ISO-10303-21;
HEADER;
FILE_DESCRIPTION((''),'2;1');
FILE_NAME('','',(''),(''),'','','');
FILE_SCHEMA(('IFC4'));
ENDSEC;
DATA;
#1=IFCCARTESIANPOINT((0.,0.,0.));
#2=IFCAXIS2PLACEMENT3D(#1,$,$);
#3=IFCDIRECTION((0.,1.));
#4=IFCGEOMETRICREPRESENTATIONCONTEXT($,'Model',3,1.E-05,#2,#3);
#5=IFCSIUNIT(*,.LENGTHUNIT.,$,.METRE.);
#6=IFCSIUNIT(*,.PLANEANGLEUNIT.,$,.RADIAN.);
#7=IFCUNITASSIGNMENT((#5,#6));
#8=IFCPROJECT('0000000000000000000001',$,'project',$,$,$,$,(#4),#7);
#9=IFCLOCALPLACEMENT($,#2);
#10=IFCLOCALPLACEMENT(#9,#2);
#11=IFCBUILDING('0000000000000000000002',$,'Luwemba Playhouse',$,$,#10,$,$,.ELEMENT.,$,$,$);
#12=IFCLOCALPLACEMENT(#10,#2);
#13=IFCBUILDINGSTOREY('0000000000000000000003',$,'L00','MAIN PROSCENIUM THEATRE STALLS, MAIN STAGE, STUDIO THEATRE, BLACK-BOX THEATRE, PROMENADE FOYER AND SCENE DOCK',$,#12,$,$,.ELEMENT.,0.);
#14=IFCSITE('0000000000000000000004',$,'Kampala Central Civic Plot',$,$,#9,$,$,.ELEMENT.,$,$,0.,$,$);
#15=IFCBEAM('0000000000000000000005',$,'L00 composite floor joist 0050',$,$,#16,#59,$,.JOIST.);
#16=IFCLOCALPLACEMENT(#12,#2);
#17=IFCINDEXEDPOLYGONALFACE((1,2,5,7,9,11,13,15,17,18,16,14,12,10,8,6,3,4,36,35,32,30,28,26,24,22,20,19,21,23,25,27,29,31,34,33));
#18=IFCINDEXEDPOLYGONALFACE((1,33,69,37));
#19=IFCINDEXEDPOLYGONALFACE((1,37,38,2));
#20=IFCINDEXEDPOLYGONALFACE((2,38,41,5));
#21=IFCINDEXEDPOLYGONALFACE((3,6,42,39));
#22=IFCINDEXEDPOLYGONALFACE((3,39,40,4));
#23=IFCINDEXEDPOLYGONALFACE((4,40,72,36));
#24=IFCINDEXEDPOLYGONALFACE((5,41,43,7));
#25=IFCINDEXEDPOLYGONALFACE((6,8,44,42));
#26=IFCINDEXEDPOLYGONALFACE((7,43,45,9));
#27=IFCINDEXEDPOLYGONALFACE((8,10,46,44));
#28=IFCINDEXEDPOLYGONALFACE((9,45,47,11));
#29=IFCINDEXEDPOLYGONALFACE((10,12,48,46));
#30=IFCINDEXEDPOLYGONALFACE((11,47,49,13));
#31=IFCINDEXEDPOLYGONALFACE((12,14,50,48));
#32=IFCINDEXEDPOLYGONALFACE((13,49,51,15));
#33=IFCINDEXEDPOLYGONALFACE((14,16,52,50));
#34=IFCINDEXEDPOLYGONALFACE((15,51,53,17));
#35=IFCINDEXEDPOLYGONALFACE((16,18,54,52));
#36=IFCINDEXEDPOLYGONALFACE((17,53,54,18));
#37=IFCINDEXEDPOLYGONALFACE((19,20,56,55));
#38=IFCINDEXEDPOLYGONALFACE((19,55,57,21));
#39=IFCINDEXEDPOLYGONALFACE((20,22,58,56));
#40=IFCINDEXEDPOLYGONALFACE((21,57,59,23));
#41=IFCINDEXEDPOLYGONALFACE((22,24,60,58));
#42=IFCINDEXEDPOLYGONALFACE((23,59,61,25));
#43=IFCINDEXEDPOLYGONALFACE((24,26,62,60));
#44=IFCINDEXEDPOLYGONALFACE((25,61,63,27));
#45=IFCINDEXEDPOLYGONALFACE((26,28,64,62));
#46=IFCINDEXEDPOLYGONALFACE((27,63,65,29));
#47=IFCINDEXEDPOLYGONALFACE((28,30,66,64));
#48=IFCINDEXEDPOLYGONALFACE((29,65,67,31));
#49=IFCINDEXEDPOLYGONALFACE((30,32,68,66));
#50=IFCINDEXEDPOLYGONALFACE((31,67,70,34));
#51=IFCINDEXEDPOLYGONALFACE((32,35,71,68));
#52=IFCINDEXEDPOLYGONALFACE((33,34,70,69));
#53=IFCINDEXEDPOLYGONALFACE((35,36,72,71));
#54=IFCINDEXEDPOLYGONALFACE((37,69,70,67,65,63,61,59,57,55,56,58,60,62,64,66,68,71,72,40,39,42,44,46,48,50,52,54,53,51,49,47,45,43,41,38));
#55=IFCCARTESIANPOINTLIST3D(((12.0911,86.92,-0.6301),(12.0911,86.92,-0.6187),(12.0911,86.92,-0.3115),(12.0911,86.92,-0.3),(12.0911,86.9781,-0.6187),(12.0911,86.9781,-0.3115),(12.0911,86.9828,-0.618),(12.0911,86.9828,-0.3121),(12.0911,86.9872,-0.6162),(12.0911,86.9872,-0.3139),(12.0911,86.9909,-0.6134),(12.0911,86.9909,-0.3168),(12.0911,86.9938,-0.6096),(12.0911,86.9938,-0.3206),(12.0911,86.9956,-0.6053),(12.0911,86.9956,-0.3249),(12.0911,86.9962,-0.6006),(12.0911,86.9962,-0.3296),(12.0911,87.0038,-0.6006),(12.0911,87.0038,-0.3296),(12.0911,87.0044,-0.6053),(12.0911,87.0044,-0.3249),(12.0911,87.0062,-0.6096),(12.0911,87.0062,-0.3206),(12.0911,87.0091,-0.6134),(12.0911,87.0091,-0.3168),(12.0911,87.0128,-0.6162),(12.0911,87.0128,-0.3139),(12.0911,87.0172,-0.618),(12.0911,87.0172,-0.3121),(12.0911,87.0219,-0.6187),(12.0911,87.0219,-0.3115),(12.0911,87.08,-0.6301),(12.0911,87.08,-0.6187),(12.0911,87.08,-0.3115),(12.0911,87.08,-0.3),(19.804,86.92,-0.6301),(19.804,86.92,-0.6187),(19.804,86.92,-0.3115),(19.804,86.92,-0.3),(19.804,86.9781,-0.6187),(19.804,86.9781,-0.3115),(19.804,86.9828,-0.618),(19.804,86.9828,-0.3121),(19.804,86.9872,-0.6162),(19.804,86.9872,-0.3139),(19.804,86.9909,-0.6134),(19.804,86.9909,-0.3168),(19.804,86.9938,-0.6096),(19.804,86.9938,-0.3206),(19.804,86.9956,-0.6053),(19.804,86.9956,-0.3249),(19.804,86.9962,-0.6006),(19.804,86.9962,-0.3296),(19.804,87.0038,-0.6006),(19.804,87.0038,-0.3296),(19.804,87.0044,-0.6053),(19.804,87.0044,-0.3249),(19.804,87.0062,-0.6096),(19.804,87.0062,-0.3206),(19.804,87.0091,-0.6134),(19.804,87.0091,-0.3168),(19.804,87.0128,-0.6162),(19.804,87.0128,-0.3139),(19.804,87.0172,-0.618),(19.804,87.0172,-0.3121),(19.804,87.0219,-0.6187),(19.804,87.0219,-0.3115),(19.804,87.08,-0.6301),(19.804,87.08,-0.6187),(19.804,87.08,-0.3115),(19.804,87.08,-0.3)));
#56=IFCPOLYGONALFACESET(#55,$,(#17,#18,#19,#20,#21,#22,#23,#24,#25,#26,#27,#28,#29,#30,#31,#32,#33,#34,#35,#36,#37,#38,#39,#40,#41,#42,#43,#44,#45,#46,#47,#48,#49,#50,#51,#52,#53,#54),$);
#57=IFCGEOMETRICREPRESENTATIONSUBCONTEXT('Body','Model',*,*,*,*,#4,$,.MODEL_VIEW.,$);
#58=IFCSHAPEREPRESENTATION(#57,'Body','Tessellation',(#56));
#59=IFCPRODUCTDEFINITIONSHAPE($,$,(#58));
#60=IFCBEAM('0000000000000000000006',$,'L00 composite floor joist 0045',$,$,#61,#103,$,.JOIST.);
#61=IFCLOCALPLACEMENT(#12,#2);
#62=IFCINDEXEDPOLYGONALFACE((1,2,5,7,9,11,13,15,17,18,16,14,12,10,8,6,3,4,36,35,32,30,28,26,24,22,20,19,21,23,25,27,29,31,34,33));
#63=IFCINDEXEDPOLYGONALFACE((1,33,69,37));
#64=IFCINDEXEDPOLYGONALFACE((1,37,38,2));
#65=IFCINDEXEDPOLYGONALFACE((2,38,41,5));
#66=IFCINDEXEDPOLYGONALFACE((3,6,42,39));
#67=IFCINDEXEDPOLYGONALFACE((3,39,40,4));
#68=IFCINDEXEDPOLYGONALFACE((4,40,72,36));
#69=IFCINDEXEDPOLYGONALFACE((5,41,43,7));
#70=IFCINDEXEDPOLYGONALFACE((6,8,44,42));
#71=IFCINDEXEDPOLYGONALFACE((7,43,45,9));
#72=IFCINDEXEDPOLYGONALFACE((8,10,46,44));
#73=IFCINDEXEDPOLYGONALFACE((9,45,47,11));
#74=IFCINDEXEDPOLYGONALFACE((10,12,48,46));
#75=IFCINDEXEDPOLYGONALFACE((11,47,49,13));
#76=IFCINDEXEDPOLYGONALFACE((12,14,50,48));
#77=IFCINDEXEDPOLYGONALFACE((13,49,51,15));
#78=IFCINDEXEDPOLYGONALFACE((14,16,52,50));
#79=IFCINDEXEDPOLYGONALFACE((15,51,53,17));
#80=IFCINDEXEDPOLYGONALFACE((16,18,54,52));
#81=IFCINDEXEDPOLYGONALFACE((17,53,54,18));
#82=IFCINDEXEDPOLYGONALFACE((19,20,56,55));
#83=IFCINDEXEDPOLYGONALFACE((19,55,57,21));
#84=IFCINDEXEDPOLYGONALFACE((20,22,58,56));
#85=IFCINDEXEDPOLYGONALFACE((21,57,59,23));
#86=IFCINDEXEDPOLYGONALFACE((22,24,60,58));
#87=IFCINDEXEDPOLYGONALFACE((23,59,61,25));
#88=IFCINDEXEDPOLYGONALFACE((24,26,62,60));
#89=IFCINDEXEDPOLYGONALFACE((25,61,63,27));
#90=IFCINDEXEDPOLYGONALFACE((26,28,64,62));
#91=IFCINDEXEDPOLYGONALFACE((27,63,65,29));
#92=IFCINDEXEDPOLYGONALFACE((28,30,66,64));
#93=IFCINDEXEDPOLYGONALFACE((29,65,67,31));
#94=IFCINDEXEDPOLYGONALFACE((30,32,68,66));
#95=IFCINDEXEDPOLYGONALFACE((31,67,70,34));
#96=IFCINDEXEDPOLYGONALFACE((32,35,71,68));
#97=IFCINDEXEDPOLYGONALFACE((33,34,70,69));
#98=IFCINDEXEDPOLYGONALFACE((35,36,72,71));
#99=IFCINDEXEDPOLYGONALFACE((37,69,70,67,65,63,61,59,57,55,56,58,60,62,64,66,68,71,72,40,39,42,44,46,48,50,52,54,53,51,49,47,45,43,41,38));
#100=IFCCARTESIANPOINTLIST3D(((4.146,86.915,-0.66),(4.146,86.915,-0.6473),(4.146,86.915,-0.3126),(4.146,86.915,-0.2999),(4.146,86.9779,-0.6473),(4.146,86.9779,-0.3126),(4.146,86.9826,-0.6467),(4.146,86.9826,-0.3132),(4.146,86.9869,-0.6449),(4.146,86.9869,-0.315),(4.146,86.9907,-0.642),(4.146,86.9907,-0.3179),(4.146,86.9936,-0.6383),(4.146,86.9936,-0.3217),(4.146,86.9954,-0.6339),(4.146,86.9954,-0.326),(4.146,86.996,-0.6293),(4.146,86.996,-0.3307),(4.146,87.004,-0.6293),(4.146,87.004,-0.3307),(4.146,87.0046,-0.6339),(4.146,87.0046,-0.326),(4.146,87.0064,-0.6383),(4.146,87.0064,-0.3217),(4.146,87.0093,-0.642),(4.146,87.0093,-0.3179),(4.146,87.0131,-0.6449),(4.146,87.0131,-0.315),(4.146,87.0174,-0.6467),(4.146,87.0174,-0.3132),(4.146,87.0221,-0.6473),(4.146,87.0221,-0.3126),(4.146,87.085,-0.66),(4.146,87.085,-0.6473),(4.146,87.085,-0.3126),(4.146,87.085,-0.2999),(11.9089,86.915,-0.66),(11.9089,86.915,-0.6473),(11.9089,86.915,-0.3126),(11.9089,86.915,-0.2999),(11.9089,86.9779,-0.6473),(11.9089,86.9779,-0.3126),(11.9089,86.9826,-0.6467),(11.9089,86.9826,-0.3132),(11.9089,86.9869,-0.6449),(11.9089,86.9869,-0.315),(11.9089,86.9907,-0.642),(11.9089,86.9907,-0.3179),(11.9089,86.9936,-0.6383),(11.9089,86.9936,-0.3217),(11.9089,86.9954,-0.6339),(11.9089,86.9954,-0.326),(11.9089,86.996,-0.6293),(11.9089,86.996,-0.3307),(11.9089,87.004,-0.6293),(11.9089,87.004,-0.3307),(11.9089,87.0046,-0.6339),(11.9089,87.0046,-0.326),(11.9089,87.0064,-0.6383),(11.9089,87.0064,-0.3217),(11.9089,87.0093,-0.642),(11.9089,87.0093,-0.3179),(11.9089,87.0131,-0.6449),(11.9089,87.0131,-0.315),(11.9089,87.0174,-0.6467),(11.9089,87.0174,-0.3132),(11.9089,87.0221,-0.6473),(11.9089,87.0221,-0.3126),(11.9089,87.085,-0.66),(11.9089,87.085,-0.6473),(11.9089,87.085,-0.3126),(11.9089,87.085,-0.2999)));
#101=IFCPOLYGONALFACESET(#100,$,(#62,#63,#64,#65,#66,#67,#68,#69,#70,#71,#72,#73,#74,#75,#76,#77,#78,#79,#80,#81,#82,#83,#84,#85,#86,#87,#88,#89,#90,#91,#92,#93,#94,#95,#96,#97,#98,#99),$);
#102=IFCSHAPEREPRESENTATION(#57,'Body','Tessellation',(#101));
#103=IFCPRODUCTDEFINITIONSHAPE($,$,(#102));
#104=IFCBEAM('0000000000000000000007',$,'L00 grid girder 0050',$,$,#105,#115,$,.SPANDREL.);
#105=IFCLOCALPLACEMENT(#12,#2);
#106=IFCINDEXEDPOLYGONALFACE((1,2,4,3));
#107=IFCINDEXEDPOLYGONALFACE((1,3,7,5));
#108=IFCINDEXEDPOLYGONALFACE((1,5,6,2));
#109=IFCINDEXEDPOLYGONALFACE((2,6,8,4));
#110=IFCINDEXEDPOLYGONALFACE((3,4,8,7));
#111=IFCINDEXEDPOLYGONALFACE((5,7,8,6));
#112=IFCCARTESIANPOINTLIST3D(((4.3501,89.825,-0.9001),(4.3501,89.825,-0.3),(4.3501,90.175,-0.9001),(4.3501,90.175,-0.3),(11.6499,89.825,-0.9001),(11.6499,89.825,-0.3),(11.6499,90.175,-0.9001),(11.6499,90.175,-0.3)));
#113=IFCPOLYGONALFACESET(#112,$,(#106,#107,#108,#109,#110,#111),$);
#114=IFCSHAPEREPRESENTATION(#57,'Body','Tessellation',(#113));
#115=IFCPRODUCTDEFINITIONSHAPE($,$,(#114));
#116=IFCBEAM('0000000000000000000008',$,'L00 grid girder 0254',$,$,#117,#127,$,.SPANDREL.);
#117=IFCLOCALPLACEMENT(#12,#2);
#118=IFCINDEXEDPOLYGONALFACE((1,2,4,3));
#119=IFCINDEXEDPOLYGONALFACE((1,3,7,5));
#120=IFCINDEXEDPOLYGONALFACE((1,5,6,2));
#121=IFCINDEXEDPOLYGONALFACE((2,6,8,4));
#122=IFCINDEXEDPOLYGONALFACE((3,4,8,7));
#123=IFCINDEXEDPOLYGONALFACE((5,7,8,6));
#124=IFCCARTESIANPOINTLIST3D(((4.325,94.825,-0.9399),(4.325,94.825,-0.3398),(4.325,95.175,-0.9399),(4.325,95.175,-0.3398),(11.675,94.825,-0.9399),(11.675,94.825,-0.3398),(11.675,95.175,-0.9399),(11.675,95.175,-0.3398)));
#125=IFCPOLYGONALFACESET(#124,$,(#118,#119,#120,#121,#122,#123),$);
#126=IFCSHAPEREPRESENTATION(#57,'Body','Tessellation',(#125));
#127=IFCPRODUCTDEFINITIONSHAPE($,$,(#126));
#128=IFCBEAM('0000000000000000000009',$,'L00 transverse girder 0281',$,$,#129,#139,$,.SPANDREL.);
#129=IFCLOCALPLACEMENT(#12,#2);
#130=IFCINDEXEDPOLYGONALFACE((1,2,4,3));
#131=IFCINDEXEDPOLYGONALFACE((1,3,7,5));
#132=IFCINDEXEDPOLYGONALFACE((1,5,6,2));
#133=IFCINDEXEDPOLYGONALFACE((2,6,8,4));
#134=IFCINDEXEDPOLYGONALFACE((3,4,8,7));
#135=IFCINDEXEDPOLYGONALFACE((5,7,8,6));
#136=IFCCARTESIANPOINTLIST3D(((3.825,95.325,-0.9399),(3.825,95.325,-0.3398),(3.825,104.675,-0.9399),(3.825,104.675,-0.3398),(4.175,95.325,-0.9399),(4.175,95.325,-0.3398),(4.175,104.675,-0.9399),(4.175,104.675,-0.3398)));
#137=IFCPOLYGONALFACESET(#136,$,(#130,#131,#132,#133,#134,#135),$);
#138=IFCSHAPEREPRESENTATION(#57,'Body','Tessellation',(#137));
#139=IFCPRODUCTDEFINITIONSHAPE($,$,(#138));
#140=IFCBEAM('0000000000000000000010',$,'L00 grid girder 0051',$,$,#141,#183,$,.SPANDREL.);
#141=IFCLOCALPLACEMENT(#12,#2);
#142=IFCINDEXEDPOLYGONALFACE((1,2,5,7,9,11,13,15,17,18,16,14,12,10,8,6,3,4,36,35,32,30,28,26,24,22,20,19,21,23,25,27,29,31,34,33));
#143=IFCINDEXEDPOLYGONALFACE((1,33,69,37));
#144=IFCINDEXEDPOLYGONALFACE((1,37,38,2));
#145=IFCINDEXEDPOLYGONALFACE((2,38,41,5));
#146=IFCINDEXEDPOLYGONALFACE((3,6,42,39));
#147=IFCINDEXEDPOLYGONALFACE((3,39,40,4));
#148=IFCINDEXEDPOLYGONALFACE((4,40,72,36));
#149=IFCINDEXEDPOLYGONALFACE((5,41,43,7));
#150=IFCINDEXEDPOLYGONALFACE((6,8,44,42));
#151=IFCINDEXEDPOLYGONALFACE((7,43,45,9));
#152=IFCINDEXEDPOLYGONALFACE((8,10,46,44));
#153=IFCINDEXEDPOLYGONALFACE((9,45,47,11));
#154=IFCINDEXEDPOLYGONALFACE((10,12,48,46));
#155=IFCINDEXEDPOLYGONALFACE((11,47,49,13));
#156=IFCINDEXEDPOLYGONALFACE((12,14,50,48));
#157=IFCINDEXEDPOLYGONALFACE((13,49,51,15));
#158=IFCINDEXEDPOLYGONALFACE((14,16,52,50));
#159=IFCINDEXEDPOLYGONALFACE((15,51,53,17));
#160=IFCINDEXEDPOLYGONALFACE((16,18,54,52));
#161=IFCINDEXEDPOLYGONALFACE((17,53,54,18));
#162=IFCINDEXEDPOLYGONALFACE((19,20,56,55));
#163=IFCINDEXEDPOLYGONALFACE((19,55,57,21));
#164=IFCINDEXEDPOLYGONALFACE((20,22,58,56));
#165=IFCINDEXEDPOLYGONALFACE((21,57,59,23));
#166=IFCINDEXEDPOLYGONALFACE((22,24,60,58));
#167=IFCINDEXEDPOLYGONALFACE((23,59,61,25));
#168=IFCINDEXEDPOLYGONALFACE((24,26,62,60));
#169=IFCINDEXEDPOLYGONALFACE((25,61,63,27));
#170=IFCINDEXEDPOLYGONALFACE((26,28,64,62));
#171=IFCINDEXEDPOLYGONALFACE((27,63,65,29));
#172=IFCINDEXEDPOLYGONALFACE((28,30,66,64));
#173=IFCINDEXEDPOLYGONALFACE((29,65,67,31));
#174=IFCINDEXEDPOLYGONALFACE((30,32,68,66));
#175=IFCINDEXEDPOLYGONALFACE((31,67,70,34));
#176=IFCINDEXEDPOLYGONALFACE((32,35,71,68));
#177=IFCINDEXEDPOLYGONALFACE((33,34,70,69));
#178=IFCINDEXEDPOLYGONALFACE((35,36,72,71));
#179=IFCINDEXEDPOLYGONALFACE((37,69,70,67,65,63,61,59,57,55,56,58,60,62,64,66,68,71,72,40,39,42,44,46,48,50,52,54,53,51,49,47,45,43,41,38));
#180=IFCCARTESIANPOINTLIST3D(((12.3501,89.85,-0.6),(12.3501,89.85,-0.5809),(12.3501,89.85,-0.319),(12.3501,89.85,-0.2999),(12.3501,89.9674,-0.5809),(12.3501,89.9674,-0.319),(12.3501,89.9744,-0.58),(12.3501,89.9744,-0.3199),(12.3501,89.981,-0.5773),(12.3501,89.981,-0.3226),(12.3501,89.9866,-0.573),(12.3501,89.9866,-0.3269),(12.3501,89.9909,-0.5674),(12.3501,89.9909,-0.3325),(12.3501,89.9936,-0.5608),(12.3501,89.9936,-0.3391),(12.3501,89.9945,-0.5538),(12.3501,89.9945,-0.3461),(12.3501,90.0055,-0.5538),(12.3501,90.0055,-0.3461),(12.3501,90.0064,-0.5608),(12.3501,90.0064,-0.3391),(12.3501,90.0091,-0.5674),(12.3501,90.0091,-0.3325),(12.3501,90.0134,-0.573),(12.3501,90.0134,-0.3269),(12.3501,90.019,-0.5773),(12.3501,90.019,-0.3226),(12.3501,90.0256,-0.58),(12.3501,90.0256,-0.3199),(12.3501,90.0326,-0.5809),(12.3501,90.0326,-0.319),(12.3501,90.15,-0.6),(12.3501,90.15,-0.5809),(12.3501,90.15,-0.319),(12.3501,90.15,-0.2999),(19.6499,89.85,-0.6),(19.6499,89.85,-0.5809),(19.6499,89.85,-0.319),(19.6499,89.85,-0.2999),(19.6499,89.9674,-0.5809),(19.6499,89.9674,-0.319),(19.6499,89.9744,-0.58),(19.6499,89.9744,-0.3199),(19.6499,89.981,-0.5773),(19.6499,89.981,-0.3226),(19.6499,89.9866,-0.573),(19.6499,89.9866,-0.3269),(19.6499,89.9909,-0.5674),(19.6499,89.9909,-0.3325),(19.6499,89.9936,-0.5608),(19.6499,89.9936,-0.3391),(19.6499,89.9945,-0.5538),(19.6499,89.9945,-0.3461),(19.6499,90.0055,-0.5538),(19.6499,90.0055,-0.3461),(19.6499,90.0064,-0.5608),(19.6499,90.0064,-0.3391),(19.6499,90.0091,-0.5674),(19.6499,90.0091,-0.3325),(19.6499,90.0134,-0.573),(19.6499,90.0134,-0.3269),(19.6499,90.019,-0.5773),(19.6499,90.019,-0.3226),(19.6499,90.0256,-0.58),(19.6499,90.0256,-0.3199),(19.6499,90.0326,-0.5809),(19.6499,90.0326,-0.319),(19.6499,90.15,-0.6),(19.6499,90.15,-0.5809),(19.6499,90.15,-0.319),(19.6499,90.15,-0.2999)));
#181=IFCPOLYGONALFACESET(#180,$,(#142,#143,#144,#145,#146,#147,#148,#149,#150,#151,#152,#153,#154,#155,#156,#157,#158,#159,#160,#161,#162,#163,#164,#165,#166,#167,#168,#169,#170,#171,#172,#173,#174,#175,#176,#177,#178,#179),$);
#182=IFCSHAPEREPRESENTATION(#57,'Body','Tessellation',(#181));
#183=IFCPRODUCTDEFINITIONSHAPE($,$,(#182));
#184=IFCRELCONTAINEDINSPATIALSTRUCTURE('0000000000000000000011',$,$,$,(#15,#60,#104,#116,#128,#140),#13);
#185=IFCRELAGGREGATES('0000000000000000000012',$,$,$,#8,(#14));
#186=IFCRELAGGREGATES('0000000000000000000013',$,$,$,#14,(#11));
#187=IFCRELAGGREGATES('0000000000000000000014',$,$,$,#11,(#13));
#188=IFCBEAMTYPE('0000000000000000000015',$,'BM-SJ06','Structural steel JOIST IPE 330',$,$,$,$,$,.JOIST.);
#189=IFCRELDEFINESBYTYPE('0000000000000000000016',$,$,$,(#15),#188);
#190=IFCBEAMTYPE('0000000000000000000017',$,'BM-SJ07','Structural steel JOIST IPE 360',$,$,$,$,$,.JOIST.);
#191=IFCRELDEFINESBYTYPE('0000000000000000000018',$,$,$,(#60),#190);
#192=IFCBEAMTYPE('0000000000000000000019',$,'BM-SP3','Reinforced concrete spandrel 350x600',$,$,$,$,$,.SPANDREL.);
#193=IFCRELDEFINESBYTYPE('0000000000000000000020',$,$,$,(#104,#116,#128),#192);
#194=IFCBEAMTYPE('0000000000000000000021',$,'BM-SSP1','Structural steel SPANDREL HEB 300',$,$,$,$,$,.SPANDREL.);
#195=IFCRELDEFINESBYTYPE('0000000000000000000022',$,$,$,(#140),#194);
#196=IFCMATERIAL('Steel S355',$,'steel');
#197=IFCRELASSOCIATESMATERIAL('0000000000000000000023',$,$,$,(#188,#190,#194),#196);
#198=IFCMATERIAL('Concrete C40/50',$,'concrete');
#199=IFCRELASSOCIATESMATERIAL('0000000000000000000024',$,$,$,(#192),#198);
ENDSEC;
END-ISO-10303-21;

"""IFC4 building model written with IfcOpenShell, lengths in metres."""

from ifc_helpers import new_model, si_unit, direction, frame, origin, origin_2d, place, context, subcontext, project, spatial, rectangle, i_section, extrude, material, material_profile, profile_set, type_object, element, save


model = new_model("IFC4")

# Units and contexts
model_context = context("Model", 3, precision=1e-05, world=origin(), true_north=direction((0.0, 1.0)))
body_context = subcontext(model_context, "Body", "Model", "MODEL_VIEW")
ifc_project = project(units=[si_unit("LENGTHUNIT", "METRE"), si_unit("PLANEANGLEUNIT", "RADIAN")], contexts=[model_context])

# Site, building, storey
site_placement = place(None, origin())
site = spatial("IfcSite", under=ifc_project, at=site_placement, Name="Kampala Central Civic Plot", CompositionType="ELEMENT", RefElevation=0.0)
building_placement = place(site_placement, origin())
building = spatial("IfcBuilding", under=site, at=building_placement, Name="Luwemba Playhouse", CompositionType="ELEMENT")
storey_placement = place(building_placement, origin())
storey = spatial("IfcBuildingStorey", under=building, at=storey_placement, Name="L00", Description="MAIN PROSCENIUM THEATRE STALLS, MAIN STAGE, STUDIO THEATRE, BLACK-BOX THEATRE, PROMENADE FOYER AND SCENE DOCK", CompositionType="ELEMENT", Elevation=0.0)

# Shared definitions
ifc_material_1 = material(Name="Concrete C40/50", Category="concrete")

# Beams
ifc_material_2 = material(Name="Steel S355", Category="steel")
ifc_material_profile_1 = material_profile(ifc_material_2, i_section(OverallWidth=0.1599, OverallDepth=0.3301, WebThickness=0.0076, FlangeThickness=0.0115, FilletRadius=0.0181, at=origin_2d()))
ifc_profile_set_1 = profile_set([ifc_material_profile_1], Name="Steel S355")
beam_type_1 = type_object("IfcBeamType", Name="BM-SJ06", Description="Structural steel JOIST IPE 330", PredefinedType="JOIST", material=ifc_profile_set_1)
beam_1_placement = place(storey_placement, frame((12.0911, 87.0, -0.4651), z_axis=(1.0, 0.0, 0.0), x_axis=(0.0, 1.0, 0.0)))
element("IfcBeam", 1, at=beam_1_placement, inside=storey, type_object=beam_type_1, Name="L00 composite floor joist 0050", PredefinedType="JOIST", context=body_context, shape_type="SweptSolid", body=[
    extrude(i_section(OverallWidth=0.1599, OverallDepth=0.3301, WebThickness=0.0076, FlangeThickness=0.0115, FilletRadius=0.0181, at=origin_2d()), origin(), (0.0, 0.0, 1.0), 7.7129),
])
ifc_material_profile_2 = material_profile(ifc_material_2, i_section(OverallWidth=0.1699, OverallDepth=0.3601, WebThickness=0.0081, FlangeThickness=0.0127, FilletRadius=0.0181, at=origin_2d()))
ifc_profile_set_2 = profile_set([ifc_material_profile_2], Name="Steel S355")
beam_type_2 = type_object("IfcBeamType", Name="BM-SJ07", Description="Structural steel JOIST IPE 360", PredefinedType="JOIST", material=ifc_profile_set_2)
beam_2_placement = place(storey_placement, frame((4.146, 87.0, -0.48), z_axis=(1.0, 0.0, 0.0), x_axis=(0.0, 1.0, 0.0)))
element("IfcBeam", 2, at=beam_2_placement, inside=storey, type_object=beam_type_2, Name="L00 composite floor joist 0045", PredefinedType="JOIST", context=body_context, shape_type="SweptSolid", body=[
    extrude(i_section(OverallWidth=0.1699, OverallDepth=0.3601, WebThickness=0.0081, FlangeThickness=0.0127, FilletRadius=0.0181, at=origin_2d()), origin(), (0.0, 0.0, 1.0), 7.7629),
])
ifc_material_profile_3 = material_profile(ifc_material_1, rectangle(XDim=0.3501, YDim=0.6001, at=origin_2d()))
ifc_profile_set_3 = profile_set([ifc_material_profile_3], Name="Concrete C40/50")
beam_type_3 = type_object("IfcBeamType", Name="BM-SP3", Description="Reinforced concrete spandrel 350x600", PredefinedType="SPANDREL", material=ifc_profile_set_3)
beam_3_placement = place(storey_placement, frame((4.3501, 90.0, -0.6001), z_axis=(1.0, 0.0, 0.0), x_axis=(0.0, 1.0, 0.0)))
element("IfcBeam", 3, at=beam_3_placement, inside=storey, type_object=beam_type_3, Name="L00 grid girder 0050", PredefinedType="SPANDREL", context=body_context, shape_type="SweptSolid", body=[
    extrude(rectangle(XDim=0.3501, YDim=0.6001, at=origin_2d()), origin(), (0.0, 0.0, 1.0), 7.2998),
])
beam_4_placement = place(storey_placement, frame((4.325, 95.0, -0.6399), z_axis=(1.0, 0.0, 0.0), x_axis=(0.0, 1.0, 0.0)))
element("IfcBeam", 4, at=beam_4_placement, inside=storey, type_object=beam_type_3, Name="L00 grid girder 0254", PredefinedType="SPANDREL", context=body_context, shape_type="SweptSolid", body=[
    extrude(rectangle(XDim=0.3501, YDim=0.6001, at=origin_2d()), origin(), (0.0, 0.0, 1.0), 7.3501),
])
beam_5_placement = place(storey_placement, frame((4.0, 95.325, -0.6399), z_axis=(0.0, 1.0, 0.0), x_axis=(-1.0, 0.0, 0.0)))
element("IfcBeam", 5, at=beam_5_placement, inside=storey, type_object=beam_type_3, Name="L00 transverse girder 0281", PredefinedType="SPANDREL", context=body_context, shape_type="SweptSolid", body=[
    extrude(rectangle(XDim=0.3501, YDim=0.6001, at=origin_2d()), origin(), (0.0, 0.0, 1.0), 9.3501),
])
ifc_material_profile_4 = material_profile(ifc_material_2, i_section(OverallWidth=0.3, OverallDepth=0.3, WebThickness=0.011, FlangeThickness=0.019, FilletRadius=0.0271, at=origin_2d()))
ifc_profile_set_4 = profile_set([ifc_material_profile_4], Name="Steel S355")
beam_type_4 = type_object("IfcBeamType", Name="BM-SSP1", Description="Structural steel SPANDREL HEB 300", PredefinedType="SPANDREL", material=ifc_profile_set_4)
beam_6_placement = place(storey_placement, frame((12.3501, 90.0, -0.45), z_axis=(1.0, 0.0, 0.0), x_axis=(0.0, 1.0, 0.0)))
element("IfcBeam", 6, at=beam_6_placement, inside=storey, type_object=beam_type_4, Name="L00 grid girder 0051", PredefinedType="SPANDREL", context=body_context, shape_type="SweptSolid", body=[
    extrude(i_section(OverallWidth=0.3, OverallDepth=0.3, WebThickness=0.011, FlangeThickness=0.019, FilletRadius=0.0271, at=origin_2d()), origin(), (0.0, 0.0, 1.0), 7.2998),
])

save(model, "model.ifc")
